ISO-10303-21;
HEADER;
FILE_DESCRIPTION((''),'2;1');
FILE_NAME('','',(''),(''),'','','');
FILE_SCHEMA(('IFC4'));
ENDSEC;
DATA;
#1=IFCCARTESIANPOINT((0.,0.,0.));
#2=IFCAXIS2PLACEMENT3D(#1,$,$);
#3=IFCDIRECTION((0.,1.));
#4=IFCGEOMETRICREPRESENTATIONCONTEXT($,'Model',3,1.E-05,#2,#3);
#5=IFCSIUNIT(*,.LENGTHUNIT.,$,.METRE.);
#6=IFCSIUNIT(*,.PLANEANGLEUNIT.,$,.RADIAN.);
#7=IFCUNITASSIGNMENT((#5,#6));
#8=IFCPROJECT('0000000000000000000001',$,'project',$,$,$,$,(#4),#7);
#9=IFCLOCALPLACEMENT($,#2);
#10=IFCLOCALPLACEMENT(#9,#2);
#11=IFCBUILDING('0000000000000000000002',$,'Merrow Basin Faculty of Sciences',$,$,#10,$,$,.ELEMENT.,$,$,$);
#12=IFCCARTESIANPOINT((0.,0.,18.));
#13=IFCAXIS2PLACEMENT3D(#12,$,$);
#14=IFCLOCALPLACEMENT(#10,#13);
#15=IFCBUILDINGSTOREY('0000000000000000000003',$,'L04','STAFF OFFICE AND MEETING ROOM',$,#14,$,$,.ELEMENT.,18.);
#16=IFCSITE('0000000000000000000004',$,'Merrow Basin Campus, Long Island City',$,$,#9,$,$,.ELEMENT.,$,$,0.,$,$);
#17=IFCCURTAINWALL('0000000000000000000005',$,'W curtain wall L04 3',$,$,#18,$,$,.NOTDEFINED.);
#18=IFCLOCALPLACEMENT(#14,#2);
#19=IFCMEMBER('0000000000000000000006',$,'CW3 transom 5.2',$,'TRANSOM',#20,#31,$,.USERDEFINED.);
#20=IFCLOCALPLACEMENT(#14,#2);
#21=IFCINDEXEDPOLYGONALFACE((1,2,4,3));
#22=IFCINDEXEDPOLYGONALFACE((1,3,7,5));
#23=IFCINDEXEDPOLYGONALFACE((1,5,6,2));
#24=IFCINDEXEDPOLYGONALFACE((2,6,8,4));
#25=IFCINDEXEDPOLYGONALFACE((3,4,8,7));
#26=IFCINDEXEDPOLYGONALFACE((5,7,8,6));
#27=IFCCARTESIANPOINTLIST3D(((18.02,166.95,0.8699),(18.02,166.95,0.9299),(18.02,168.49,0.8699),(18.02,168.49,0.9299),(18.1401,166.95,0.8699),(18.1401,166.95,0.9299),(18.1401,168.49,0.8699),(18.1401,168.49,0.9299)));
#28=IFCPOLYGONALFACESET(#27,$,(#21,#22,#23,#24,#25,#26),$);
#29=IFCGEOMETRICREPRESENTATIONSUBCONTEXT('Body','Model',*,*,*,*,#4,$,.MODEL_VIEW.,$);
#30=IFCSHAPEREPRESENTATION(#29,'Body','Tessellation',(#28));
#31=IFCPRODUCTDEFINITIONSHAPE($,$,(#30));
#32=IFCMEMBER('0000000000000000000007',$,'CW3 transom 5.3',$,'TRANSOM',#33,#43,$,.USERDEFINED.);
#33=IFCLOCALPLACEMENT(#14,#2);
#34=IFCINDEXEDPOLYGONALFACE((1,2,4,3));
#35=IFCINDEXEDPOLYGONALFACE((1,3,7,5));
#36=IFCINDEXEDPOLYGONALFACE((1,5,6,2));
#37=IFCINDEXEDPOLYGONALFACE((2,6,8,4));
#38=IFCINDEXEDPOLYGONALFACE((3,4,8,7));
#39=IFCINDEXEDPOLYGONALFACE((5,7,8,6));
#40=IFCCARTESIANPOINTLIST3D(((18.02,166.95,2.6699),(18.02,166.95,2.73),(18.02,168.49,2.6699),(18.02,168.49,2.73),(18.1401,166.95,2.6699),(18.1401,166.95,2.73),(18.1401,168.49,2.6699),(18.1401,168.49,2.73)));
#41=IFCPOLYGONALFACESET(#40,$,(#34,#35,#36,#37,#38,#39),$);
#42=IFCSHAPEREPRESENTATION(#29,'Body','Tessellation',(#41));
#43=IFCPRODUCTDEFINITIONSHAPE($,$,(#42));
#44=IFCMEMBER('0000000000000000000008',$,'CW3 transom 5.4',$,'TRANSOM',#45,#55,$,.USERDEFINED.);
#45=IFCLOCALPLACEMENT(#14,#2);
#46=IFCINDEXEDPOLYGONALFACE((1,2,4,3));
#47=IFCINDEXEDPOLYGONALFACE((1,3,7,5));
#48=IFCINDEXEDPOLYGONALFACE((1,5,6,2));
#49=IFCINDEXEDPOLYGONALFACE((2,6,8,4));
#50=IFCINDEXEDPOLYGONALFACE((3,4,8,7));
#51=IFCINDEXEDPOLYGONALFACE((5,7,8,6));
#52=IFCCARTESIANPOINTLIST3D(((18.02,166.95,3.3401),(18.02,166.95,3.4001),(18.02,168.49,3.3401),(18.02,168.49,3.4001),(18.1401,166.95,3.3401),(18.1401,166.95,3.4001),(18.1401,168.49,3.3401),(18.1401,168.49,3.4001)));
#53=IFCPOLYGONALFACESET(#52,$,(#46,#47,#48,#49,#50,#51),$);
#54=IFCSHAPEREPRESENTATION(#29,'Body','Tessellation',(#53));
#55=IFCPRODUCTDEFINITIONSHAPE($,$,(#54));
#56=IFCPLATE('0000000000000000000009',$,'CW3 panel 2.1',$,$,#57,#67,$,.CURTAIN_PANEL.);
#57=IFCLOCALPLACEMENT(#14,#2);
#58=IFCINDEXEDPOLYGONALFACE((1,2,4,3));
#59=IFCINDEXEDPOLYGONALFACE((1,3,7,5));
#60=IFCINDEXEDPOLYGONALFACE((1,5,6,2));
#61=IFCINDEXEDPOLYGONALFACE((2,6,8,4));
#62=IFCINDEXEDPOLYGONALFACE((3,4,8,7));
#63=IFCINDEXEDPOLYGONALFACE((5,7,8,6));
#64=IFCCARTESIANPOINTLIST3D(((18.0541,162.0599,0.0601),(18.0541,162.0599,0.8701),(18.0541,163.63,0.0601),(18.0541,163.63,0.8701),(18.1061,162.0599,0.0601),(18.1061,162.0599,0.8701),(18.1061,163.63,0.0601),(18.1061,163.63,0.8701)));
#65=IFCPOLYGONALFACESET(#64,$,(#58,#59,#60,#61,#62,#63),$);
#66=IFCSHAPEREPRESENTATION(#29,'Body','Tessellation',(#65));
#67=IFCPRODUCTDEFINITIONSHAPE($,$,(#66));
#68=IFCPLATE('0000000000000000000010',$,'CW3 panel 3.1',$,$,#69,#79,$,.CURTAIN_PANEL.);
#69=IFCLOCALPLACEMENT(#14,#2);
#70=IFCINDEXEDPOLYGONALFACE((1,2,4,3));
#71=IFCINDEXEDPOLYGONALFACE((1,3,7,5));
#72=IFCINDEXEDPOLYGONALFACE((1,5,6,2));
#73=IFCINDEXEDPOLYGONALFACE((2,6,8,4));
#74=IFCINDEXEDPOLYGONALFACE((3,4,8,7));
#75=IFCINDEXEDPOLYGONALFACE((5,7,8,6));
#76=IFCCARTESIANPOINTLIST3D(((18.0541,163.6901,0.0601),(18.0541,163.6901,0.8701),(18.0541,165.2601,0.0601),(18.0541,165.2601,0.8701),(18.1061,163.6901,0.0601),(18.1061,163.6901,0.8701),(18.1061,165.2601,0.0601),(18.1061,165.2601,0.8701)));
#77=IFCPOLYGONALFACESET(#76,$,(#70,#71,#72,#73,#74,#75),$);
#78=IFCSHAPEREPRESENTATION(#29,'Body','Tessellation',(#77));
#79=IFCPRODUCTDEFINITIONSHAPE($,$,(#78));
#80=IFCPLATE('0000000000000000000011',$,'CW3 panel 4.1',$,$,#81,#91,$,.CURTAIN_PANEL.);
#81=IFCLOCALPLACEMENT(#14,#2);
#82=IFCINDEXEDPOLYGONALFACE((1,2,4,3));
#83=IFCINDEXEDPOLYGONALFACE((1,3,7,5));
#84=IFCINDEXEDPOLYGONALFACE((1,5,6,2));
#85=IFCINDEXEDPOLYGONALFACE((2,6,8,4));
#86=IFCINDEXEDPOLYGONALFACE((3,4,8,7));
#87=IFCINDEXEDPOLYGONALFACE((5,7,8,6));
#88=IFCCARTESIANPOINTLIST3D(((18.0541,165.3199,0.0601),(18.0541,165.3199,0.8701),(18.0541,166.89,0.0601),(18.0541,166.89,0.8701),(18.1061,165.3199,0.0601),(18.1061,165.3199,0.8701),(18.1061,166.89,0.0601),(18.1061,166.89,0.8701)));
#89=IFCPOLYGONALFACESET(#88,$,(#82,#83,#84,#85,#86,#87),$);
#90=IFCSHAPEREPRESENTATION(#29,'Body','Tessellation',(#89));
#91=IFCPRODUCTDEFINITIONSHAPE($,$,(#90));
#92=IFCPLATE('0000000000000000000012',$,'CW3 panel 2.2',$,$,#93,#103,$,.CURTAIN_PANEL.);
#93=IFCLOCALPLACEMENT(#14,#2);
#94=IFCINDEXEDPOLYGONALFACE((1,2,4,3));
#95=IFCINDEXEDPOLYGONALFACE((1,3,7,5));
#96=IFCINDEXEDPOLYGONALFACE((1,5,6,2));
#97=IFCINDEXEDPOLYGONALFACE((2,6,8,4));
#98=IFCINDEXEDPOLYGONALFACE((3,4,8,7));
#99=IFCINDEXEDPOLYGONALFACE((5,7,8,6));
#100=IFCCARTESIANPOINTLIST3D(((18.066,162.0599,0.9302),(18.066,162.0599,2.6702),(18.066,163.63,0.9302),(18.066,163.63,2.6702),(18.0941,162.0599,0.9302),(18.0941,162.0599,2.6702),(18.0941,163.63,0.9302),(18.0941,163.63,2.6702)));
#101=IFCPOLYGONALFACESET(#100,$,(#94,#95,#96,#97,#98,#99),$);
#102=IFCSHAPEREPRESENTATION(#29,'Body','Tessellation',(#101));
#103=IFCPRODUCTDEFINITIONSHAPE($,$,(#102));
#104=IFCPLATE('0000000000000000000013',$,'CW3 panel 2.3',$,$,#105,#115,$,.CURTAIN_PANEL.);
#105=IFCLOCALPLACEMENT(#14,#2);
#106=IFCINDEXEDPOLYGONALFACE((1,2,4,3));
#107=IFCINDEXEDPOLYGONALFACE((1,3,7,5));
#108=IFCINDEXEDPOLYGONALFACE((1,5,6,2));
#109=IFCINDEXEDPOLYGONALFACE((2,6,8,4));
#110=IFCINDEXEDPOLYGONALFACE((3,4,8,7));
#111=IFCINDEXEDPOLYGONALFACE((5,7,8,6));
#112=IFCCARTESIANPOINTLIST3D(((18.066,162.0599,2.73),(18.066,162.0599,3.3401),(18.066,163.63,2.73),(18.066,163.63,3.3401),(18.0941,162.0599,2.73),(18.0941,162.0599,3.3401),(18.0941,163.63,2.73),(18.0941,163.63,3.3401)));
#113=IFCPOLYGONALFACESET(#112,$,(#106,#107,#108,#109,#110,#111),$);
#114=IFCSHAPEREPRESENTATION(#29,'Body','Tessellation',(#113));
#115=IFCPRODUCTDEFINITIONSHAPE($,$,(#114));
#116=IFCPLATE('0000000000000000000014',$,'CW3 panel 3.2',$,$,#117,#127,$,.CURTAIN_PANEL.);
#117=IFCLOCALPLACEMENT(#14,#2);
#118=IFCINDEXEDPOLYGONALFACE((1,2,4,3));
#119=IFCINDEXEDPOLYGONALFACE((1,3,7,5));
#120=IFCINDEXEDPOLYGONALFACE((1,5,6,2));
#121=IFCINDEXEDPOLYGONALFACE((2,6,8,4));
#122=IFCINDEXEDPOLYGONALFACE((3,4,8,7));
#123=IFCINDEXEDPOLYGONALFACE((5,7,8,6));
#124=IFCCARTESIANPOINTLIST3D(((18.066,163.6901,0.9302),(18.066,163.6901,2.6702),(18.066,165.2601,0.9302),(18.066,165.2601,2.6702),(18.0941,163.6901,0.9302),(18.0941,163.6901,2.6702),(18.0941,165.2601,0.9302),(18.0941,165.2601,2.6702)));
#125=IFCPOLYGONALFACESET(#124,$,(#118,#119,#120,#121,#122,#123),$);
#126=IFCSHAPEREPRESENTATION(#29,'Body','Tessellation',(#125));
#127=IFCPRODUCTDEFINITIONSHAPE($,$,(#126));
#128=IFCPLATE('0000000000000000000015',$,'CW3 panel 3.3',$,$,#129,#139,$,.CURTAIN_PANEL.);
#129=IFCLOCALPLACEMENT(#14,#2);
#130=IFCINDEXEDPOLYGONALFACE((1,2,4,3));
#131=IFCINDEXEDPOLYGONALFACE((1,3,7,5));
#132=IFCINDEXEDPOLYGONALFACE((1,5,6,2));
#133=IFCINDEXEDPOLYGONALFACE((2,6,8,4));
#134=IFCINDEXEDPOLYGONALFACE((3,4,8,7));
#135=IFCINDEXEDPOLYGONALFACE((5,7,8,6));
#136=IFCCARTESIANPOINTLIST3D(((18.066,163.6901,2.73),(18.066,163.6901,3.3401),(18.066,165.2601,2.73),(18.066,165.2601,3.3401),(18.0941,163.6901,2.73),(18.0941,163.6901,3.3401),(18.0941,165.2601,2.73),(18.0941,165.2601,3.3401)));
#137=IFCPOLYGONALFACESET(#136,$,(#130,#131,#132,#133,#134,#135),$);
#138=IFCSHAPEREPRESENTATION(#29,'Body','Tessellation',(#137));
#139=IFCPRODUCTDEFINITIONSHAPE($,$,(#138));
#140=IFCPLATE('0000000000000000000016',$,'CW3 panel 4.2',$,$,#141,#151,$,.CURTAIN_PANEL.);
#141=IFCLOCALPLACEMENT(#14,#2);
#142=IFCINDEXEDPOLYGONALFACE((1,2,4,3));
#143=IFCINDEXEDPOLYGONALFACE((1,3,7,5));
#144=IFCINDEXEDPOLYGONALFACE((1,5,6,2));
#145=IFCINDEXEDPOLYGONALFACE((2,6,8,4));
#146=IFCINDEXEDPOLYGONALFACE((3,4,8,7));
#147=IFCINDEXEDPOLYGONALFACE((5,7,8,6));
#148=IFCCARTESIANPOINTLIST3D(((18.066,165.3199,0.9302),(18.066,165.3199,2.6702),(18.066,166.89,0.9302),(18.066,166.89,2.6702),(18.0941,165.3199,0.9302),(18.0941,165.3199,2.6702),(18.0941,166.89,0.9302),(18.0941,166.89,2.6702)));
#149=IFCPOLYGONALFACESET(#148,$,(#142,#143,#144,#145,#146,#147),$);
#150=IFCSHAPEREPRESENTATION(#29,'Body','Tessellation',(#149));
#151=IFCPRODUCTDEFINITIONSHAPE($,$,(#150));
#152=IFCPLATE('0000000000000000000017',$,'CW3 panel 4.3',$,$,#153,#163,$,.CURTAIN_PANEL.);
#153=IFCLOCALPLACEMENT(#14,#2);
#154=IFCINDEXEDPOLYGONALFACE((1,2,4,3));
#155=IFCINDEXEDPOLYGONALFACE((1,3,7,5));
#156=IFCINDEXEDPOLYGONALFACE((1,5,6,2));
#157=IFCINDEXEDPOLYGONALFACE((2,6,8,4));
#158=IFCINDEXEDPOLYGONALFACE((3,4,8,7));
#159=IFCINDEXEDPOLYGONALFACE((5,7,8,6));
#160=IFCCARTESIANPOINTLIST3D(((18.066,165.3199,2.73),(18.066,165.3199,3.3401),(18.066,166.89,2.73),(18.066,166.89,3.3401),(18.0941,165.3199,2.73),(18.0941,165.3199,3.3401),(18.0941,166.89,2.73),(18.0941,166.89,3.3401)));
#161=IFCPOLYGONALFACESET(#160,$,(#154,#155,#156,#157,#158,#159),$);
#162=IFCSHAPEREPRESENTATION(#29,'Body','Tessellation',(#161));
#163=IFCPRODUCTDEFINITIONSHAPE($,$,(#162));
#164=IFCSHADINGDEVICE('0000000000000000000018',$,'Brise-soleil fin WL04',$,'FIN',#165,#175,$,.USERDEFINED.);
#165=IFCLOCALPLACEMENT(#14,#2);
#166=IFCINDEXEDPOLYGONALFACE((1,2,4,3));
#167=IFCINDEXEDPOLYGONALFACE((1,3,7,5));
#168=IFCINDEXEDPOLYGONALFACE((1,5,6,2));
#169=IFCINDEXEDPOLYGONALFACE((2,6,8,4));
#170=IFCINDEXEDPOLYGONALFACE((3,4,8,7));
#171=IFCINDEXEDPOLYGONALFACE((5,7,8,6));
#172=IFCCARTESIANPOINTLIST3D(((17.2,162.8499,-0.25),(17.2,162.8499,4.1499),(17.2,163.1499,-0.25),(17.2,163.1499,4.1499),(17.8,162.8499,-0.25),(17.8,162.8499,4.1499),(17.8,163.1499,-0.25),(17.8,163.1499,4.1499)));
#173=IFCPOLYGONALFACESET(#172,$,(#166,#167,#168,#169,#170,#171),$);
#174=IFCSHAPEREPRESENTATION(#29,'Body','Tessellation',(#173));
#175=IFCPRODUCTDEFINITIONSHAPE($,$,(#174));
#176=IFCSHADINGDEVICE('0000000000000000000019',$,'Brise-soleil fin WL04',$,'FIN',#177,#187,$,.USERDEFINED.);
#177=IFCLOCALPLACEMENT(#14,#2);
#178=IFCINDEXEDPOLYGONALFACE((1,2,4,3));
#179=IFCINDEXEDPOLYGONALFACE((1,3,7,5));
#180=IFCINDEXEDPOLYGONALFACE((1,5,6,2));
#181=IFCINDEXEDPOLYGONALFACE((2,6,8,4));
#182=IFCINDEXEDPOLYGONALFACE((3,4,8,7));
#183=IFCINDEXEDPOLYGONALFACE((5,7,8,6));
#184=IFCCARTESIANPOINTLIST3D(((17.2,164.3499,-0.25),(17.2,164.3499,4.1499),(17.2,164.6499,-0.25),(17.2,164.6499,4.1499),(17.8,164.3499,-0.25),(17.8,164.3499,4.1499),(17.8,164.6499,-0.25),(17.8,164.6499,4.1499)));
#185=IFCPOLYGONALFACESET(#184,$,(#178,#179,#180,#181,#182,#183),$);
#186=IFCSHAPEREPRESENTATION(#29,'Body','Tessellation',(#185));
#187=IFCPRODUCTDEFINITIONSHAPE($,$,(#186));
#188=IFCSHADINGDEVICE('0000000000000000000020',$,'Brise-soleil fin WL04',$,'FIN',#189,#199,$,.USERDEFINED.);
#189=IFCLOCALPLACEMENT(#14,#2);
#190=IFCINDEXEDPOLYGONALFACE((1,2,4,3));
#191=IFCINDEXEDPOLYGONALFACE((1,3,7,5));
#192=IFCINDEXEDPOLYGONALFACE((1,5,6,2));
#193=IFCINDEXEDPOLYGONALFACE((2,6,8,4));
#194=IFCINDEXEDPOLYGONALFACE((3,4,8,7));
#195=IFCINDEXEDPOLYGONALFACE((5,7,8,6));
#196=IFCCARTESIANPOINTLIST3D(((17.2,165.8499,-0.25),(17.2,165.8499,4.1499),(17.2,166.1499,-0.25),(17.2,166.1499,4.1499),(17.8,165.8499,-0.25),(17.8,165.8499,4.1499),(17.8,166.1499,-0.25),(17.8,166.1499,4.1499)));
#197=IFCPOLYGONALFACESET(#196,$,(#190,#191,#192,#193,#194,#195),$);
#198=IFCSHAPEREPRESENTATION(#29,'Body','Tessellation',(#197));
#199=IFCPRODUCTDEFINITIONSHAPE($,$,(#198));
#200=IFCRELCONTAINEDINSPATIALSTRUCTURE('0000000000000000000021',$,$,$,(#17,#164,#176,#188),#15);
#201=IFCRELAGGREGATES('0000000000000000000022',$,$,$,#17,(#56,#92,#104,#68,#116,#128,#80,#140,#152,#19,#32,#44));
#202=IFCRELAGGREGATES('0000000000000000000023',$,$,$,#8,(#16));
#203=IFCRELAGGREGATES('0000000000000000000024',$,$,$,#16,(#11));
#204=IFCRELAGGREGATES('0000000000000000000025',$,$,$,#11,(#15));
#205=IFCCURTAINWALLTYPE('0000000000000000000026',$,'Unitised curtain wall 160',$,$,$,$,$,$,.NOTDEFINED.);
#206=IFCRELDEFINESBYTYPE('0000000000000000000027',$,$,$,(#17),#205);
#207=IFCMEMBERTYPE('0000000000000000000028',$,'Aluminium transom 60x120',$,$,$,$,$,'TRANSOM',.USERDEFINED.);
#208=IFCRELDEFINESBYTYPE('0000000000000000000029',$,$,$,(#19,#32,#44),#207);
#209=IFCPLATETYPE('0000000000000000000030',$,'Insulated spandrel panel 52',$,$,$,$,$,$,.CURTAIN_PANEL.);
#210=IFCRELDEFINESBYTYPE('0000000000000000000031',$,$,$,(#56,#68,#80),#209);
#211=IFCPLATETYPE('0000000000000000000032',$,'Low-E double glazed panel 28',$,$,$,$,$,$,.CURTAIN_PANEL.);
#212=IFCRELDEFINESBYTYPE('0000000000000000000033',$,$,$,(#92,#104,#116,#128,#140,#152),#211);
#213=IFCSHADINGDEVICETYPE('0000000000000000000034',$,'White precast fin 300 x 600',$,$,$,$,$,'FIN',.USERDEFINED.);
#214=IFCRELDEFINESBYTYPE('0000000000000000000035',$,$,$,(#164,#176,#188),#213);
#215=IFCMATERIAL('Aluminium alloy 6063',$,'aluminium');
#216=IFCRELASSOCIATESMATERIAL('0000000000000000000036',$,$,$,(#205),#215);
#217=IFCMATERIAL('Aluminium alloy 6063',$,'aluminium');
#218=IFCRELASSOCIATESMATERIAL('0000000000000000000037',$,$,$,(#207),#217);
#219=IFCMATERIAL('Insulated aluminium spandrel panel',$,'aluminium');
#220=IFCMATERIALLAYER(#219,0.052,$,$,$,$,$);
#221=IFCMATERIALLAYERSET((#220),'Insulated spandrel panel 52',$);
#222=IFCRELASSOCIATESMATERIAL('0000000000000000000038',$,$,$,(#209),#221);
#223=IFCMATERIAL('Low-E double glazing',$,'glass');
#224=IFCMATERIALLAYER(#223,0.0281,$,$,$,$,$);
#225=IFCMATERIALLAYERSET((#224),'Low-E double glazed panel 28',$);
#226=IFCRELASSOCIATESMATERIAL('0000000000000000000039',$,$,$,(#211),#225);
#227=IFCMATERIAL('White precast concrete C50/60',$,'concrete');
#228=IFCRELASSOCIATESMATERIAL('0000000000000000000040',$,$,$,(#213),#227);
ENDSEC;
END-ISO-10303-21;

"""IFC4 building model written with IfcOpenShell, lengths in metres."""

from ifc_helpers import new_model, si_unit, direction, frame, origin, origin_2d, place, context, subcontext, project, spatial, polyline, rectangle, outline, extrude, source, transform, mapped, material, layer, layer_set, material_profile, profile_set, type_object, element, aggregate, save


model = new_model("IFC4")

# Units and contexts
model_context = context("Model", 3, precision=1e-05, world=origin(), true_north=direction((0.0, 1.0)))
body_context = subcontext(model_context, "Body", "Model", "MODEL_VIEW")
ifc_project = project(units=[si_unit("LENGTHUNIT", "METRE"), si_unit("PLANEANGLEUNIT", "RADIAN")], contexts=[model_context])

# Site, building, storey
site_placement = place(None, origin())
site = spatial("IfcSite", under=ifc_project, at=site_placement, Name="Merrow Basin Campus, Long Island City", CompositionType="ELEMENT", RefElevation=0.0)
building_placement = place(site_placement, origin())
building = spatial("IfcBuilding", under=site, at=building_placement, Name="Merrow Basin Faculty of Sciences", CompositionType="ELEMENT")
storey_placement = place(building_placement, frame((0.0, 0.0, 18.0)))
storey = spatial("IfcBuildingStorey", under=building, at=storey_placement, Name="L04", Description="STAFF OFFICE AND MEETING ROOM", CompositionType="ELEMENT", Elevation=18.0)

# Curtain wall, members, plates
ifc_material_1 = material(Name="Aluminium alloy 6063", Category="aluminium")
curtain_wall_type = type_object("IfcCurtainWallType", Name="Unitised curtain wall 160", PredefinedType="NOTDEFINED", material=ifc_material_1)
curtain_wall_placement = place(storey_placement, origin())
curtain_wall = element("IfcCurtainWall", 1, at=curtain_wall_placement, inside=storey, type_object=curtain_wall_type, Name="W curtain wall L04 3", PredefinedType="NOTDEFINED")
ifc_material_2 = material(Name="Aluminium alloy 6063", Category="aluminium")
ifc_material_profile_1 = material_profile(ifc_material_2, rectangle(XDim=0.1201, YDim=0.0601, at=origin_2d()))
ifc_profile_set_1 = profile_set([ifc_material_profile_1], Name="Aluminium alloy 6063")
member_type_1 = type_object("IfcMemberType", Name="Aluminium transom 60x120", ElementType="TRANSOM", PredefinedType="USERDEFINED", material=ifc_profile_set_1)
member_1_placement = place(storey_placement, frame((18.0801, 166.95, 0.8999), z_axis=(0.0, 1.0, 0.0), x_axis=(-1.0, 0.0, 0.0)))
member_1 = element("IfcMember", 2, at=member_1_placement, type_object=member_type_1, Name="CW3 transom 5.2", ObjectType="TRANSOM", PredefinedType="USERDEFINED", context=body_context, shape_type="SweptSolid", body=[
    extrude(rectangle(XDim=0.1201, YDim=0.0601, at=origin_2d()), origin(), (0.0, 0.0, 1.0), 1.54),
])
member_2_placement = place(storey_placement, frame((18.0801, 166.95, 2.7), z_axis=(0.0, 1.0, 0.0), x_axis=(-1.0, 0.0, 0.0)))
member_2 = element("IfcMember", 3, at=member_2_placement, type_object=member_type_1, Name="CW3 transom 5.3", ObjectType="TRANSOM", PredefinedType="USERDEFINED", context=body_context, shape_type="SweptSolid", body=[
    extrude(rectangle(XDim=0.1201, YDim=0.0601, at=origin_2d()), origin(), (0.0, 0.0, 1.0), 1.54),
])
member_3_placement = place(storey_placement, frame((18.0801, 166.95, 3.3701), z_axis=(0.0, 1.0, 0.0), x_axis=(-1.0, 0.0, 0.0)))
member_3 = element("IfcMember", 4, at=member_3_placement, type_object=member_type_1, Name="CW3 transom 5.4", ObjectType="TRANSOM", PredefinedType="USERDEFINED", context=body_context, shape_type="SweptSolid", body=[
    extrude(rectangle(XDim=0.1201, YDim=0.0601, at=origin_2d()), origin(), (0.0, 0.0, 1.0), 1.54),
])
ifc_material_3 = material(Name="Insulated aluminium spandrel panel", Category="aluminium")
ifc_layer_1 = layer(ifc_material_3, 0.052)
ifc_layer_set_1 = layer_set([ifc_layer_1], Name="Insulated spandrel panel 52")
plate_type_1 = type_object("IfcPlateType", Name="Insulated spandrel panel 52", PredefinedType="CURTAIN_PANEL", material=ifc_layer_set_1)
plate_1_placement = place(storey_placement, frame((18.0801, 162.845, 0.0601), z_axis=(0.0, 0.0, 1.0), x_axis=(0.0, 1.0, 0.0)))
plate_1 = element("IfcPlate", 5, at=plate_1_placement, type_object=plate_type_1, Name="CW3 panel 2.1", PredefinedType="CURTAIN_PANEL", context=body_context, shape_type="SweptSolid", body=[
    extrude(rectangle(XDim=1.5701, YDim=0.052, at=origin_2d()), origin(), (0.0, 0.0, 1.0), 0.8101),
])
plate_2_placement = place(storey_placement, frame((18.0801, 164.4751, 0.0601), z_axis=(0.0, 0.0, 1.0), x_axis=(0.0, 1.0, 0.0)))
plate_2 = element("IfcPlate", 6, at=plate_2_placement, type_object=plate_type_1, Name="CW3 panel 3.1", PredefinedType="CURTAIN_PANEL", context=body_context, shape_type="SweptSolid", body=[
    extrude(rectangle(XDim=1.5701, YDim=0.052, at=origin_2d()), origin(), (0.0, 0.0, 1.0), 0.8101),
])
plate_3_placement = place(storey_placement, frame((18.0801, 166.105, 0.0601), z_axis=(0.0, 0.0, 1.0), x_axis=(0.0, 1.0, 0.0)))
plate_3 = element("IfcPlate", 7, at=plate_3_placement, type_object=plate_type_1, Name="CW3 panel 4.1", PredefinedType="CURTAIN_PANEL", context=body_context, shape_type="SweptSolid", body=[
    extrude(rectangle(XDim=1.5701, YDim=0.052, at=origin_2d()), origin(), (0.0, 0.0, 1.0), 0.8101),
])
ifc_material_4 = material(Name="Low-E double glazing", Category="glass")
ifc_layer_2 = layer(ifc_material_4, 0.0281)
ifc_layer_set_2 = layer_set([ifc_layer_2], Name="Low-E double glazed panel 28")
plate_type_2 = type_object("IfcPlateType", Name="Low-E double glazed panel 28", PredefinedType="CURTAIN_PANEL", material=ifc_layer_set_2)
plate_4_placement = place(storey_placement, frame((18.0801, 162.845, 0.9302), z_axis=(0.0, 0.0, 1.0), x_axis=(0.0, 1.0, 0.0)))
plate_4 = element("IfcPlate", 8, at=plate_4_placement, type_object=plate_type_2, Name="CW3 panel 2.2", PredefinedType="CURTAIN_PANEL", context=body_context, shape_type="SweptSolid", body=[
    extrude(rectangle(XDim=1.5701, YDim=0.0281, at=origin_2d()), origin(), (0.0, 0.0, 1.0), 1.74),
])
plate_5_placement = place(storey_placement, frame((18.0801, 162.845, 2.73), z_axis=(0.0, 0.0, 1.0), x_axis=(0.0, 1.0, 0.0)))
plate_5 = element("IfcPlate", 9, at=plate_5_placement, type_object=plate_type_2, Name="CW3 panel 2.3", PredefinedType="CURTAIN_PANEL", context=body_context, shape_type="SweptSolid", body=[
    extrude(rectangle(XDim=1.5701, YDim=0.0281, at=origin_2d()), origin(), (0.0, 0.0, 1.0), 0.6101),
])
plate_6_placement = place(storey_placement, frame((18.0801, 164.4751, 0.9302), z_axis=(0.0, 0.0, 1.0), x_axis=(0.0, 1.0, 0.0)))
plate_6 = element("IfcPlate", 10, at=plate_6_placement, type_object=plate_type_2, Name="CW3 panel 3.2", PredefinedType="CURTAIN_PANEL", context=body_context, shape_type="SweptSolid", body=[
    extrude(rectangle(XDim=1.5701, YDim=0.0281, at=origin_2d()), origin(), (0.0, 0.0, 1.0), 1.74),
])
plate_7_placement = place(storey_placement, frame((18.0801, 164.4751, 2.73), z_axis=(0.0, 0.0, 1.0), x_axis=(0.0, 1.0, 0.0)))
plate_7 = element("IfcPlate", 11, at=plate_7_placement, type_object=plate_type_2, Name="CW3 panel 3.3", PredefinedType="CURTAIN_PANEL", context=body_context, shape_type="SweptSolid", body=[
    extrude(rectangle(XDim=1.5701, YDim=0.0281, at=origin_2d()), origin(), (0.0, 0.0, 1.0), 0.6101),
])
plate_8_placement = place(storey_placement, frame((18.0801, 166.105, 0.9302), z_axis=(0.0, 0.0, 1.0), x_axis=(0.0, 1.0, 0.0)))
plate_8 = element("IfcPlate", 12, at=plate_8_placement, type_object=plate_type_2, Name="CW3 panel 4.2", PredefinedType="CURTAIN_PANEL", context=body_context, shape_type="SweptSolid", body=[
    extrude(rectangle(XDim=1.5701, YDim=0.0281, at=origin_2d()), origin(), (0.0, 0.0, 1.0), 1.74),
])
plate_9_placement = place(storey_placement, frame((18.0801, 166.105, 2.73), z_axis=(0.0, 0.0, 1.0), x_axis=(0.0, 1.0, 0.0)))
plate_9 = element("IfcPlate", 13, at=plate_9_placement, type_object=plate_type_2, Name="CW3 panel 4.3", PredefinedType="CURTAIN_PANEL", context=body_context, shape_type="SweptSolid", body=[
    extrude(rectangle(XDim=1.5701, YDim=0.0281, at=origin_2d()), origin(), (0.0, 0.0, 1.0), 0.6101),
])
aggregate(curtain_wall, [plate_1, plate_4, plate_5, plate_2, plate_6, plate_7, plate_3, plate_8, plate_9, member_1, member_2, member_3])

# Shading devices
ifc_material_5 = material(Name="White precast concrete C50/60", Category="concrete")
shading_device_type = type_object("IfcShadingDeviceType", Name="White precast fin 300 x 600", ElementType="FIN", PredefinedType="USERDEFINED", material=ifc_material_5)
shared_shape_1 = source(origin(), body_context, "Body", "SweptSolid", [
    extrude(outline(polyline([(0.0, 0.0), (0.3, 0.0), (0.3, 4.3999), (0.0, 4.3999), (0.0, 0.0)])), origin(), (0.0, 0.0, 1.0), 0.6001),
])
for number, where, z_axis, x_axis, name in (
    (14, (17.8, 163.1499, -0.25), (-1.0, 0.0, 0.0), (0.0, -1.0, 0.0), "Brise-soleil fin WL04"),
    (15, (17.8, 164.6499, -0.25), (-1.0, 0.0, 0.0), (0.0, -1.0, 0.0), "Brise-soleil fin WL04"),
    (16, (17.8, 166.1499, -0.25), (-1.0, 0.0, 0.0), (0.0, -1.0, 0.0), "Brise-soleil fin WL04"),
):
    element("IfcShadingDevice", number, at=place(storey_placement, frame(where, z_axis=z_axis, x_axis=x_axis)), inside=storey, type_object=shading_device_type, Name=name, ObjectType="FIN", PredefinedType="USERDEFINED", context=body_context, shape_type="MappedRepresentation", body=[
        mapped(shared_shape_1, transform((0.0, 0.0, 0.0), scale=1.0)),
    ])

save(model, "model.ifc")
